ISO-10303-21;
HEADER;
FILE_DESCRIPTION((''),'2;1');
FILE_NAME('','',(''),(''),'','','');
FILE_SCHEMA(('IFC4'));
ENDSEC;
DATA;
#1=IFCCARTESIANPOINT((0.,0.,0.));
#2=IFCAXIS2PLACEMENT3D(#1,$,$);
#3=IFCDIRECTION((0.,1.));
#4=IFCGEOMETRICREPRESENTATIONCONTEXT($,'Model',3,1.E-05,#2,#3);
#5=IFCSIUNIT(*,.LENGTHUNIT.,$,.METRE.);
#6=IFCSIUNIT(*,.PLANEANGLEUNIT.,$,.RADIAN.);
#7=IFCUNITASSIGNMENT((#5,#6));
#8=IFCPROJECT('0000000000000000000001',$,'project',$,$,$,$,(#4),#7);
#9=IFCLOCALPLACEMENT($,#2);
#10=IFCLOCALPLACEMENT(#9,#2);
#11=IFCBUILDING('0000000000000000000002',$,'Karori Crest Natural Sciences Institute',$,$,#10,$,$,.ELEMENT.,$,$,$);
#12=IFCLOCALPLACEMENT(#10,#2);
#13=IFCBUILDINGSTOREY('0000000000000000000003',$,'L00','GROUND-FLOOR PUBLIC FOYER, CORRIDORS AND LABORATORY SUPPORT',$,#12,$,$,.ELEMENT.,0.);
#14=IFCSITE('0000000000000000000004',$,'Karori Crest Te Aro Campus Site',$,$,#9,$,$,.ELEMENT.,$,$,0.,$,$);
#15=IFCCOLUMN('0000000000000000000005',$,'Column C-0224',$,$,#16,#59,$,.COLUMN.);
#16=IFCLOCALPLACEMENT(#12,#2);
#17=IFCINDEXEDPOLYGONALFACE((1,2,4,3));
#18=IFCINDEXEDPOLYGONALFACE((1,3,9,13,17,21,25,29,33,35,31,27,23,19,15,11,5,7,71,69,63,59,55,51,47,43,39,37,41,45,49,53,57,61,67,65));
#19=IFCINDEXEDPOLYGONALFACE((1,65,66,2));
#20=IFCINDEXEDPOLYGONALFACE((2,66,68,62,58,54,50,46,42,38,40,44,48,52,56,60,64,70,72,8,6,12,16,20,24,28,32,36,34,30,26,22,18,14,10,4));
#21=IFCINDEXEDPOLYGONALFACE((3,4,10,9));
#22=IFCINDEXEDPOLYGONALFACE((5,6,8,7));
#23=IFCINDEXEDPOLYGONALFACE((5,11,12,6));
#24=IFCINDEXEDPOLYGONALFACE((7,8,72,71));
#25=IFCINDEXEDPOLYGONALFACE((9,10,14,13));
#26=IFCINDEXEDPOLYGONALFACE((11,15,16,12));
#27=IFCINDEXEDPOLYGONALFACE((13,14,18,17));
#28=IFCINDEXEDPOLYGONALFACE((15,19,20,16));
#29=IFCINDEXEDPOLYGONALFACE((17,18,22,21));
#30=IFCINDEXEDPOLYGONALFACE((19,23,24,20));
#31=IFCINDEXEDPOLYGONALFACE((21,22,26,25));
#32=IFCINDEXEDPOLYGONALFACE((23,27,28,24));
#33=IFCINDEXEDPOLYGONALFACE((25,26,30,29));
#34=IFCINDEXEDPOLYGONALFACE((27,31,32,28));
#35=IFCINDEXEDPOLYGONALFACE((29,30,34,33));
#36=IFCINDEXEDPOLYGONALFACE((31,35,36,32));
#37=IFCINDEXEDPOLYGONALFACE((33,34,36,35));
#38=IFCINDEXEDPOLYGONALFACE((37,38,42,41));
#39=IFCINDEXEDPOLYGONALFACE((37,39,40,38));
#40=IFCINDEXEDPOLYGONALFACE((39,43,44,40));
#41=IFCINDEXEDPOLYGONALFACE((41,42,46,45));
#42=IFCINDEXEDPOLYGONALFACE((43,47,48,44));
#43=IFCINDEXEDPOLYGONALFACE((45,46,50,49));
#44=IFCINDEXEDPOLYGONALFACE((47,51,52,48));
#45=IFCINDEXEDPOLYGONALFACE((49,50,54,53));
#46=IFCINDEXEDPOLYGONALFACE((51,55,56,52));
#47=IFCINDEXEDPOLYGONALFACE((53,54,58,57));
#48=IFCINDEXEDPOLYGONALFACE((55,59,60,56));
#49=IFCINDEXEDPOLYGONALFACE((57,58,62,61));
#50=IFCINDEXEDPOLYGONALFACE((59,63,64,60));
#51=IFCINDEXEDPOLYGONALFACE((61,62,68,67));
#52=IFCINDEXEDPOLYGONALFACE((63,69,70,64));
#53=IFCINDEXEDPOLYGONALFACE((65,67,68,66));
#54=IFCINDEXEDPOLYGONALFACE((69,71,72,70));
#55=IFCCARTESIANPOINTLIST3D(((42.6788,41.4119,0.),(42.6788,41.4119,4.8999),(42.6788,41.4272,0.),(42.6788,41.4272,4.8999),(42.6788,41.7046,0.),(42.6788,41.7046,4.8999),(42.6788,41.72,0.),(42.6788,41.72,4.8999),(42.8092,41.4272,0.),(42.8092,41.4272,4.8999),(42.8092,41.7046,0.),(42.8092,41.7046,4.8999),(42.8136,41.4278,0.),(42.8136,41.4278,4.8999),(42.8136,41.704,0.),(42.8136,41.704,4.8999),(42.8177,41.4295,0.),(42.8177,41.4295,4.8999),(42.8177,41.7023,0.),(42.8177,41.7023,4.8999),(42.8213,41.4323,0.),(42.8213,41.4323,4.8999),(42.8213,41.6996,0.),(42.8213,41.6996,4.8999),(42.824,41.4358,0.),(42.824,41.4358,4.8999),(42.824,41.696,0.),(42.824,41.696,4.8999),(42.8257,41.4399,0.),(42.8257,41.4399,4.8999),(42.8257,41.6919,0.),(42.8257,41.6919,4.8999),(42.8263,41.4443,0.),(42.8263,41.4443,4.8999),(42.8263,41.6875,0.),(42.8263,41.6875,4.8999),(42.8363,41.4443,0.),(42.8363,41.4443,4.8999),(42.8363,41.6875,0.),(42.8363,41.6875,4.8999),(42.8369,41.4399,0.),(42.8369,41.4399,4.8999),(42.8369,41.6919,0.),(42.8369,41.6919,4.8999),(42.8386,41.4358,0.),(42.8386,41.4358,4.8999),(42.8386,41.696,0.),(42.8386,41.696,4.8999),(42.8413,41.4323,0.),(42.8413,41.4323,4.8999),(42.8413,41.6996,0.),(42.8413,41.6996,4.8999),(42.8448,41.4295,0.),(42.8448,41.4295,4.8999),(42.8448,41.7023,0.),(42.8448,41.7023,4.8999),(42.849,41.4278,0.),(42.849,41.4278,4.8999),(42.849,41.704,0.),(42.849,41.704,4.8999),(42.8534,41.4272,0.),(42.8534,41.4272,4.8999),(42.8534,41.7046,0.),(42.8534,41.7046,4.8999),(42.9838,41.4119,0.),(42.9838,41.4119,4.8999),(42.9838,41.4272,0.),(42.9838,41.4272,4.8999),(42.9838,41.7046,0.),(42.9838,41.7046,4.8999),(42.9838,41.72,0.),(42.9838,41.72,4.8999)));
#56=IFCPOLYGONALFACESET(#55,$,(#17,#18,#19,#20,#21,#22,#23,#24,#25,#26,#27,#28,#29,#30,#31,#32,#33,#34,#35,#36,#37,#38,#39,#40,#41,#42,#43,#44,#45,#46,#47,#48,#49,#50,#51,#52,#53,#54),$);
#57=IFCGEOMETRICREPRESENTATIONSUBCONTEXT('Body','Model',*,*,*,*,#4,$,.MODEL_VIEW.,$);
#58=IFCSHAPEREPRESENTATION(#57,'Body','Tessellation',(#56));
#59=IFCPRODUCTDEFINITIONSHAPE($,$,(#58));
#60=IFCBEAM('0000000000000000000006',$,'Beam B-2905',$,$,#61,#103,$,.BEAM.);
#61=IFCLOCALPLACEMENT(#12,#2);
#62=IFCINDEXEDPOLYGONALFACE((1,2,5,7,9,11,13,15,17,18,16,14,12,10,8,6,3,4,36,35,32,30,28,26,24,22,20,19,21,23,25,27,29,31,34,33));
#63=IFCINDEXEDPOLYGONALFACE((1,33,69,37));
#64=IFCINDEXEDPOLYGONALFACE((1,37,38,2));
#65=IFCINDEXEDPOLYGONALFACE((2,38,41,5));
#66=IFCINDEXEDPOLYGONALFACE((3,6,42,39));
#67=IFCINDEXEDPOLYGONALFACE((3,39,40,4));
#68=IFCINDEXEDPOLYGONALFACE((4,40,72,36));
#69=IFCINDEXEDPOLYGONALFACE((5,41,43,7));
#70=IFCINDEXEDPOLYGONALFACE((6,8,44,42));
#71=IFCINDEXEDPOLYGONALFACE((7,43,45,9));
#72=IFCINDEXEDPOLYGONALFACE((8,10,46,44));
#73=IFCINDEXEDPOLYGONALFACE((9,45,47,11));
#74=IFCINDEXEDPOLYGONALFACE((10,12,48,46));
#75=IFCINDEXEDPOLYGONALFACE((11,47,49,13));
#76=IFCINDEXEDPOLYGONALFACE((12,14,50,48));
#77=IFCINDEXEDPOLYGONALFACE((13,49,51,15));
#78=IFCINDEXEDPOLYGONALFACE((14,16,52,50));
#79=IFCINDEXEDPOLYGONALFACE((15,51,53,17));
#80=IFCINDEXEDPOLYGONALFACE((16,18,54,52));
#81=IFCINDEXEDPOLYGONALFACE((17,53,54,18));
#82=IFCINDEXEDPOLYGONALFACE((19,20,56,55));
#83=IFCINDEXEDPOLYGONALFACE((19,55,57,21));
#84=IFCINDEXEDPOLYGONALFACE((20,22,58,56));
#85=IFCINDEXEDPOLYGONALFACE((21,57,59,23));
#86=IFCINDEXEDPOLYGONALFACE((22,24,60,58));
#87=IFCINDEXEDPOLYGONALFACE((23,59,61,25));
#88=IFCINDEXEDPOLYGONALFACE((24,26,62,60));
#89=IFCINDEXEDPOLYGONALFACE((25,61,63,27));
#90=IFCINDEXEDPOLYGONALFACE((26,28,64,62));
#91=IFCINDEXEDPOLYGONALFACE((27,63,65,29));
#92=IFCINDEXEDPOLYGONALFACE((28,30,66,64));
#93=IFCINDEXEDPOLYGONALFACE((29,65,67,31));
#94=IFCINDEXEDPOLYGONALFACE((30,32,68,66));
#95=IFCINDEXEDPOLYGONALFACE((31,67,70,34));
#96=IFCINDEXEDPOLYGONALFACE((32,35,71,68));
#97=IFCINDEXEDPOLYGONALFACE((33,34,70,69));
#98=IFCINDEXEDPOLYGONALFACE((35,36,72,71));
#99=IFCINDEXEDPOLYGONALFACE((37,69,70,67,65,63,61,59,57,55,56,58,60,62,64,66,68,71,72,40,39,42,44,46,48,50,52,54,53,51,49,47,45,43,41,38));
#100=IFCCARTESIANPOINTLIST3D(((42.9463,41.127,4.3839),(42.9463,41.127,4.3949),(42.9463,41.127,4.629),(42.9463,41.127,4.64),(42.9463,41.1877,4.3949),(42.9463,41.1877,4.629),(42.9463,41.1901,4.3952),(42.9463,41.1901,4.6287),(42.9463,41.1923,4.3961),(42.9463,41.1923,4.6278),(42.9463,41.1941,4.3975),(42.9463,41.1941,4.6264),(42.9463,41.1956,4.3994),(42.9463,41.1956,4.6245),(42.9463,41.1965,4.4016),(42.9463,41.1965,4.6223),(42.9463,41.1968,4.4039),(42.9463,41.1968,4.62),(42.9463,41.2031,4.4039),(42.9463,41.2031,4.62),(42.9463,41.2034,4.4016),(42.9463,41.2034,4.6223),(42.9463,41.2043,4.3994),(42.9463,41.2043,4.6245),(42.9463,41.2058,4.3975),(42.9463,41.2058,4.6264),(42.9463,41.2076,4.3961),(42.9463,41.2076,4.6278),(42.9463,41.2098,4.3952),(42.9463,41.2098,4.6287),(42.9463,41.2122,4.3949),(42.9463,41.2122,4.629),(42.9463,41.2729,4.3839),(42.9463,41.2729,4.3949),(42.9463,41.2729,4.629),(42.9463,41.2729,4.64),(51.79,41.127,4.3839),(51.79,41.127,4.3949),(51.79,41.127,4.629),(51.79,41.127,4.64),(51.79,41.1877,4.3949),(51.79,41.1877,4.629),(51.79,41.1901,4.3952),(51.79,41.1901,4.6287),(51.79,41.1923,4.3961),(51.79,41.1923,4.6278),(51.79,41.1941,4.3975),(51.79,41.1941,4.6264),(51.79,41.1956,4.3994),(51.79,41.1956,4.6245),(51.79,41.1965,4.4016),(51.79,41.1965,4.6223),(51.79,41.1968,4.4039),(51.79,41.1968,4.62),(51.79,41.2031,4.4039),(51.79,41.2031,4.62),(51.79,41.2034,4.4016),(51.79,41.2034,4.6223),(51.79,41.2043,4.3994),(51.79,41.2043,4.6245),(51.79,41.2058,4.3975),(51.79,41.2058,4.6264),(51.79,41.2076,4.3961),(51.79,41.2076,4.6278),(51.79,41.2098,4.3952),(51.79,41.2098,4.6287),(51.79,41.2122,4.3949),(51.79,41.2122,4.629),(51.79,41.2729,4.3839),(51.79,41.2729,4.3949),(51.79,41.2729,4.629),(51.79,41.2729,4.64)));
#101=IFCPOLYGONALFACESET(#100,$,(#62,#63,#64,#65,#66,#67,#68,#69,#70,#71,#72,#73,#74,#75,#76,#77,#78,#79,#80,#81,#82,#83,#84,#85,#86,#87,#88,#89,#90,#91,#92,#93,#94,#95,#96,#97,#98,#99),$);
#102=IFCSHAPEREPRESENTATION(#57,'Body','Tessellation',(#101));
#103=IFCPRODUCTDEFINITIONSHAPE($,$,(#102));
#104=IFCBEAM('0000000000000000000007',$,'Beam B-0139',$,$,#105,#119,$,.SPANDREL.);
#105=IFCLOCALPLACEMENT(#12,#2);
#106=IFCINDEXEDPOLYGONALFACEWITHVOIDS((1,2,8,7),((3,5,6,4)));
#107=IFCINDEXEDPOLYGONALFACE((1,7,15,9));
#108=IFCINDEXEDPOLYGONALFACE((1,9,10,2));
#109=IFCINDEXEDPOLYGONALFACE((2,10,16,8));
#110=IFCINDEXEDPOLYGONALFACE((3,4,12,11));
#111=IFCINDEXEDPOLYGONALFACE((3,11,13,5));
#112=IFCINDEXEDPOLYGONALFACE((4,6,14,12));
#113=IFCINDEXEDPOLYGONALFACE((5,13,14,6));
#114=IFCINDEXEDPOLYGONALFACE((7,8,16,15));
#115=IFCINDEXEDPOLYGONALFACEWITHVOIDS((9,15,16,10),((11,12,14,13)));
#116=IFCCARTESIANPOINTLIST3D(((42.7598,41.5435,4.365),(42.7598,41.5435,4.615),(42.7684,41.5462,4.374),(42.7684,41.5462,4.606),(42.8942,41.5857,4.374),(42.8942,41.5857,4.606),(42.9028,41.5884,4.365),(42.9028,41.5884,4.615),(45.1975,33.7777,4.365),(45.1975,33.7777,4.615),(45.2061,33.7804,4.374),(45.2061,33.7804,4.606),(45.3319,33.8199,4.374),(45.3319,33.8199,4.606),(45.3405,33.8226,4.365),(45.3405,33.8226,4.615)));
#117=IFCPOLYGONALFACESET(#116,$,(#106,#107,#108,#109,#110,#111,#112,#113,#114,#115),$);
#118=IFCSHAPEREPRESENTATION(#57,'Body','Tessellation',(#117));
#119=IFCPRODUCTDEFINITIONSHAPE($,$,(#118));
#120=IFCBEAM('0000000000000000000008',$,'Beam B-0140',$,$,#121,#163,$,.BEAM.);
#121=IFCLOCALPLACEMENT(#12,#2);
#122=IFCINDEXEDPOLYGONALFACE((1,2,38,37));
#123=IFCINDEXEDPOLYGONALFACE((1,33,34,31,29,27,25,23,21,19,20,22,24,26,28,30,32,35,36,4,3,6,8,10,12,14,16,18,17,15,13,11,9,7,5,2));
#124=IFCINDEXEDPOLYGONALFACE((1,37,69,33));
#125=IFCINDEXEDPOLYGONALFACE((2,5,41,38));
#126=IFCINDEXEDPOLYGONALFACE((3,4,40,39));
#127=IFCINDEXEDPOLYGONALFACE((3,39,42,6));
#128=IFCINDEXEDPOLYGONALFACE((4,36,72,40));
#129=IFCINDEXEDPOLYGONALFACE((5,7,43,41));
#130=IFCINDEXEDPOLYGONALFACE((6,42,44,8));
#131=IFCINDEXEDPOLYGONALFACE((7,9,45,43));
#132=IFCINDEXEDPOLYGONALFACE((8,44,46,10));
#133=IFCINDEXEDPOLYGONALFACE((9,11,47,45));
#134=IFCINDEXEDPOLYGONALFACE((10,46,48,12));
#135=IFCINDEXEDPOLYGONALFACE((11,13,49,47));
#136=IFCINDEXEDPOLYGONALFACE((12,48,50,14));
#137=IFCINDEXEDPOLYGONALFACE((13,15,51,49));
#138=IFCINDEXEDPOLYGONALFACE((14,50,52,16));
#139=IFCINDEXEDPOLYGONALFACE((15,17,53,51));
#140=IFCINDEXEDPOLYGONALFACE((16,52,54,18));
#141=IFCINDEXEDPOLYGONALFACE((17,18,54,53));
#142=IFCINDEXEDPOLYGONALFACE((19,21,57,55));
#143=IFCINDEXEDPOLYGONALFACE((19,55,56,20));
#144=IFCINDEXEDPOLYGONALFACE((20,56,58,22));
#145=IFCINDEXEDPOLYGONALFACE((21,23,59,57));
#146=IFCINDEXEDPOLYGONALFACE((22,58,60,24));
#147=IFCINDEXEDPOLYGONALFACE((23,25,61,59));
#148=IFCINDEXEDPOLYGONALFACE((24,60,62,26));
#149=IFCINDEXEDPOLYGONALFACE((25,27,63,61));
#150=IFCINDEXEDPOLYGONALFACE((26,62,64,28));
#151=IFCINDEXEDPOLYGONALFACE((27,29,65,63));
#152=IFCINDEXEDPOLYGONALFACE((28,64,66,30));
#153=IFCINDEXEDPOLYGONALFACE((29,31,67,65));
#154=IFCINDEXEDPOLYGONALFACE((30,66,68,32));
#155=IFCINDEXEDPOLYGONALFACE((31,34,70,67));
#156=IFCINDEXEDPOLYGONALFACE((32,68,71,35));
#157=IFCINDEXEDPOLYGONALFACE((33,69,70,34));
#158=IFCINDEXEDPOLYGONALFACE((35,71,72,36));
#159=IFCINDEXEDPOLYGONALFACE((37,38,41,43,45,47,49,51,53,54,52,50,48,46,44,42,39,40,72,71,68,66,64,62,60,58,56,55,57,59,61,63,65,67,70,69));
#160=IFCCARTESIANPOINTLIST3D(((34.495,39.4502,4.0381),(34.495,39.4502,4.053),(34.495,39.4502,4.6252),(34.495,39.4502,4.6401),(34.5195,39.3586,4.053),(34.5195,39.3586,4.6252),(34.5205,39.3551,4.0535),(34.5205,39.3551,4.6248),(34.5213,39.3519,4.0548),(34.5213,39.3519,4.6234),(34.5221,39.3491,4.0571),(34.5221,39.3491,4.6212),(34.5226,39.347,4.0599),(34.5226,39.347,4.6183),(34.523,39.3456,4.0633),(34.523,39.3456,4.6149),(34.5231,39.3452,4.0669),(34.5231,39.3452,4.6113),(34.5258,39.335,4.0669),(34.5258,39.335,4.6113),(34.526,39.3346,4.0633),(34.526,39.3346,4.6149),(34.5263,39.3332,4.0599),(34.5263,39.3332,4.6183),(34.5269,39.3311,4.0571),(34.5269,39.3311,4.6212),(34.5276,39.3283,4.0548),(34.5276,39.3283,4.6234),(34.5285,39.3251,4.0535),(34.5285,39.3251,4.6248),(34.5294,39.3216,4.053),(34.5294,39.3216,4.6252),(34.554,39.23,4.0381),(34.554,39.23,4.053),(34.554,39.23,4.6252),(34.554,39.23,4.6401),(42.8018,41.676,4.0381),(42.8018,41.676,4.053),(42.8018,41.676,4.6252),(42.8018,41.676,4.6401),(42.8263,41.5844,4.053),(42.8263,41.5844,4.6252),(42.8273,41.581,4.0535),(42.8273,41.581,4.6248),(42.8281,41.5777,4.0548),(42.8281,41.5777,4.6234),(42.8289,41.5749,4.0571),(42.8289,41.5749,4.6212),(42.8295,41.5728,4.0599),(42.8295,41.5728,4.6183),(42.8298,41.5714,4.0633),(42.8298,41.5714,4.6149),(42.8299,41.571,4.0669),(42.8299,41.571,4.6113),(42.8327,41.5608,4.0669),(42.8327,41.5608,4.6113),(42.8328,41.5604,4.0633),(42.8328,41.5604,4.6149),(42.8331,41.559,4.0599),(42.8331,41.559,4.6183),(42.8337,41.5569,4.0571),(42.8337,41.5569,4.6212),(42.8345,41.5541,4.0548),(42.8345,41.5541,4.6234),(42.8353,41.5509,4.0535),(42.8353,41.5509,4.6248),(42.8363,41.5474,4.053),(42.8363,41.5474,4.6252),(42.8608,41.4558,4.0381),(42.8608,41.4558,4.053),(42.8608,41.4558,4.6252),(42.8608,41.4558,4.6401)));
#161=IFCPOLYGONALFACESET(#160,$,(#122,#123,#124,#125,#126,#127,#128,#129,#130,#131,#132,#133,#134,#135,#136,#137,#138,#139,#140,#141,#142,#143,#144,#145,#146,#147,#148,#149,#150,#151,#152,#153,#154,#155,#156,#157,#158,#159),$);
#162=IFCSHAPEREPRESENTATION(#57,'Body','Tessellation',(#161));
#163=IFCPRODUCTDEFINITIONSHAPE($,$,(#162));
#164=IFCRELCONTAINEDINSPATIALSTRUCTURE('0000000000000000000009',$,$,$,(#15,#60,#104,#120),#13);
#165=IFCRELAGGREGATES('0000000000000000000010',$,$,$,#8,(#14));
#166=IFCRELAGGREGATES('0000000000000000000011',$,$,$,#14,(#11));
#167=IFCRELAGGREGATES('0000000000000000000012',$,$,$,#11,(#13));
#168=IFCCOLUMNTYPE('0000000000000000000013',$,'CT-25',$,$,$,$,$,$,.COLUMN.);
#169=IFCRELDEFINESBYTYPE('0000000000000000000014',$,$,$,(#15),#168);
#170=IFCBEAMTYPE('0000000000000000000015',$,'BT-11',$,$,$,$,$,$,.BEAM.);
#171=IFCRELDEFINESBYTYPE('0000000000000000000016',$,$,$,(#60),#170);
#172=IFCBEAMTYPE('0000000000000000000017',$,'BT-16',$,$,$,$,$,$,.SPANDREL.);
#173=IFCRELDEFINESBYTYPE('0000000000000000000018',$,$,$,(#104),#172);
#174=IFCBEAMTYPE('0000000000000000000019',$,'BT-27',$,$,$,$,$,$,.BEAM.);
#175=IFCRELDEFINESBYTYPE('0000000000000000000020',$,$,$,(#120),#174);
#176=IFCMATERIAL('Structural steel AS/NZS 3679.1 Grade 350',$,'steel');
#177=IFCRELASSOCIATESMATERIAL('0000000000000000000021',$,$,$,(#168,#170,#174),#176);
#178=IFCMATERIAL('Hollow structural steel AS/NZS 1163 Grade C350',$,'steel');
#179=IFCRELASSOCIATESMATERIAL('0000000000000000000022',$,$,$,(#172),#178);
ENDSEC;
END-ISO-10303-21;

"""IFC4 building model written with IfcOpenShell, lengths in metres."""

from ifc_helpers import new_model, si_unit, direction, frame, origin, origin_2d, place, context, subcontext, project, spatial, hollow_rectangle, i_section, extrude, material, material_profile, profile_set, type_object, element, save


model = new_model("IFC4")

# Units and contexts
model_context = context("Model", 3, precision=1e-05, world=origin(), true_north=direction((0.0, 1.0)))
body_context = subcontext(model_context, "Body", "Model", "MODEL_VIEW")
ifc_project = project(units=[si_unit("LENGTHUNIT", "METRE"), si_unit("PLANEANGLEUNIT", "RADIAN")], contexts=[model_context])

# Site, building, storey
site_placement = place(None, origin())
site = spatial("IfcSite", under=ifc_project, at=site_placement, Name="Karori Crest Te Aro Campus Site", CompositionType="ELEMENT", RefElevation=0.0)
building_placement = place(site_placement, origin())
building = spatial("IfcBuilding", under=site, at=building_placement, Name="Karori Crest Natural Sciences Institute", CompositionType="ELEMENT")
storey_placement = place(building_placement, origin())
storey = spatial("IfcBuildingStorey", under=building, at=storey_placement, Name="L00", Description="GROUND-FLOOR PUBLIC FOYER, CORRIDORS AND LABORATORY SUPPORT", CompositionType="ELEMENT", Elevation=0.0)

# Column
ifc_material_1 = material(Name="Structural steel AS/NZS 3679.1 Grade 350", Category="steel")
ifc_material_profile_1 = material_profile(ifc_material_1, i_section(OverallWidth=0.3049, OverallDepth=0.3081, WebThickness=0.01, FlangeThickness=0.0154, FilletRadius=0.0171, at=origin_2d()), Name="310UC96.8")
ifc_profile_set_1 = profile_set([ifc_material_profile_1], Name="Structural steel AS/NZS 3679.1 Grade 350")
column_type = type_object("IfcColumnType", Name="CT-25", PredefinedType="COLUMN", material=ifc_profile_set_1)
column_placement = place(storey_placement, frame((42.8313, 41.5659, 0.0), z_axis=(0.0, 0.0, 1.0), x_axis=(1.0, 0.0, 0.0)))
element("IfcColumn", 1, at=column_placement, inside=storey, type_object=column_type, Name="Column C-0224", PredefinedType="COLUMN", context=body_context, shape_type="SweptSolid", body=[
    extrude(i_section(OverallWidth=0.3049, OverallDepth=0.3081, WebThickness=0.01, FlangeThickness=0.0154, FilletRadius=0.0171, at=origin_2d()), origin(), (0.0, 0.0, 1.0), 4.8999),
])

# Beams
ifc_material_profile_2 = material_profile(ifc_material_1, i_section(OverallWidth=0.146, OverallDepth=0.2561, WebThickness=0.0063, FlangeThickness=0.011, FilletRadius=0.009, at=origin_2d()), Name="250UB37.3")
ifc_profile_set_2 = profile_set([ifc_material_profile_2], Name="Structural steel AS/NZS 3679.1 Grade 350")
beam_type_1 = type_object("IfcBeamType", Name="BT-11", PredefinedType="BEAM", material=ifc_profile_set_2)
beam_1_placement = place(storey_placement, frame((42.9463, 41.2, 4.512), z_axis=(1.0, 0.0, 0.0), x_axis=(0.0, 1.0, 0.0)))
element("IfcBeam", 2, at=beam_1_placement, inside=storey, type_object=beam_type_1, Name="Beam B-2905", PredefinedType="BEAM", context=body_context, shape_type="SweptSolid", body=[
    extrude(i_section(OverallWidth=0.146, OverallDepth=0.2561, WebThickness=0.0063, FlangeThickness=0.011, FilletRadius=0.009, at=origin_2d()), origin(), (0.0, 0.0, 1.0), 8.8438),
])
ifc_material_2 = material(Name="Hollow structural steel AS/NZS 1163 Grade C350", Category="steel")
ifc_material_profile_3 = material_profile(ifc_material_2, hollow_rectangle(XDim=0.1499, YDim=0.25, WallThickness=0.009, at=origin_2d()), Name="RHS250x150x9")
ifc_profile_set_3 = profile_set([ifc_material_profile_3], Name="Hollow structural steel AS/NZS 1163 Grade C350")
beam_type_2 = type_object("IfcBeamType", Name="BT-16", PredefinedType="SPANDREL", material=ifc_profile_set_3)
beam_2_placement = place(storey_placement, frame((42.8313, 41.5659, 4.49), z_axis=(0.299496, -0.954098, 0.0), x_axis=(0.954098, 0.299496, 0.0)))
element("IfcBeam", 3, at=beam_2_placement, inside=storey, type_object=beam_type_2, Name="Beam B-0139", PredefinedType="SPANDREL", context=body_context, shape_type="SweptSolid", body=[
    extrude(hollow_rectangle(XDim=0.1499, YDim=0.25, WallThickness=0.009, at=origin_2d()), origin(), (0.0, 0.0, 1.0), 8.1394),
])
ifc_material_profile_4 = material_profile(ifc_material_1, i_section(OverallWidth=0.228, OverallDepth=0.6021, WebThickness=0.0105, FlangeThickness=0.0149, FilletRadius=0.0139, at=origin_2d()), Name="610UB101")
ifc_profile_set_4 = profile_set([ifc_material_profile_4], Name="Structural steel AS/NZS 3679.1 Grade 350")
beam_type_3 = type_object("IfcBeamType", Name="BT-27", PredefinedType="BEAM", material=ifc_profile_set_4)
beam_3_placement = place(storey_placement, frame((42.8313, 41.5659, 4.3391), z_axis=(-0.965926, -0.25882, 0.0), x_axis=(0.25882, -0.965926, 0.0)))
element("IfcBeam", 4, at=beam_3_placement, inside=storey, type_object=beam_type_3, Name="Beam B-0140", PredefinedType="BEAM", context=body_context, shape_type="SweptSolid", body=[
    extrude(i_section(OverallWidth=0.228, OverallDepth=0.6021, WebThickness=0.0105, FlangeThickness=0.0149, FilletRadius=0.0139, at=origin_2d()), origin(), (0.0, 0.0, 1.0), 8.5999),
])

save(model, "model.ifc")
